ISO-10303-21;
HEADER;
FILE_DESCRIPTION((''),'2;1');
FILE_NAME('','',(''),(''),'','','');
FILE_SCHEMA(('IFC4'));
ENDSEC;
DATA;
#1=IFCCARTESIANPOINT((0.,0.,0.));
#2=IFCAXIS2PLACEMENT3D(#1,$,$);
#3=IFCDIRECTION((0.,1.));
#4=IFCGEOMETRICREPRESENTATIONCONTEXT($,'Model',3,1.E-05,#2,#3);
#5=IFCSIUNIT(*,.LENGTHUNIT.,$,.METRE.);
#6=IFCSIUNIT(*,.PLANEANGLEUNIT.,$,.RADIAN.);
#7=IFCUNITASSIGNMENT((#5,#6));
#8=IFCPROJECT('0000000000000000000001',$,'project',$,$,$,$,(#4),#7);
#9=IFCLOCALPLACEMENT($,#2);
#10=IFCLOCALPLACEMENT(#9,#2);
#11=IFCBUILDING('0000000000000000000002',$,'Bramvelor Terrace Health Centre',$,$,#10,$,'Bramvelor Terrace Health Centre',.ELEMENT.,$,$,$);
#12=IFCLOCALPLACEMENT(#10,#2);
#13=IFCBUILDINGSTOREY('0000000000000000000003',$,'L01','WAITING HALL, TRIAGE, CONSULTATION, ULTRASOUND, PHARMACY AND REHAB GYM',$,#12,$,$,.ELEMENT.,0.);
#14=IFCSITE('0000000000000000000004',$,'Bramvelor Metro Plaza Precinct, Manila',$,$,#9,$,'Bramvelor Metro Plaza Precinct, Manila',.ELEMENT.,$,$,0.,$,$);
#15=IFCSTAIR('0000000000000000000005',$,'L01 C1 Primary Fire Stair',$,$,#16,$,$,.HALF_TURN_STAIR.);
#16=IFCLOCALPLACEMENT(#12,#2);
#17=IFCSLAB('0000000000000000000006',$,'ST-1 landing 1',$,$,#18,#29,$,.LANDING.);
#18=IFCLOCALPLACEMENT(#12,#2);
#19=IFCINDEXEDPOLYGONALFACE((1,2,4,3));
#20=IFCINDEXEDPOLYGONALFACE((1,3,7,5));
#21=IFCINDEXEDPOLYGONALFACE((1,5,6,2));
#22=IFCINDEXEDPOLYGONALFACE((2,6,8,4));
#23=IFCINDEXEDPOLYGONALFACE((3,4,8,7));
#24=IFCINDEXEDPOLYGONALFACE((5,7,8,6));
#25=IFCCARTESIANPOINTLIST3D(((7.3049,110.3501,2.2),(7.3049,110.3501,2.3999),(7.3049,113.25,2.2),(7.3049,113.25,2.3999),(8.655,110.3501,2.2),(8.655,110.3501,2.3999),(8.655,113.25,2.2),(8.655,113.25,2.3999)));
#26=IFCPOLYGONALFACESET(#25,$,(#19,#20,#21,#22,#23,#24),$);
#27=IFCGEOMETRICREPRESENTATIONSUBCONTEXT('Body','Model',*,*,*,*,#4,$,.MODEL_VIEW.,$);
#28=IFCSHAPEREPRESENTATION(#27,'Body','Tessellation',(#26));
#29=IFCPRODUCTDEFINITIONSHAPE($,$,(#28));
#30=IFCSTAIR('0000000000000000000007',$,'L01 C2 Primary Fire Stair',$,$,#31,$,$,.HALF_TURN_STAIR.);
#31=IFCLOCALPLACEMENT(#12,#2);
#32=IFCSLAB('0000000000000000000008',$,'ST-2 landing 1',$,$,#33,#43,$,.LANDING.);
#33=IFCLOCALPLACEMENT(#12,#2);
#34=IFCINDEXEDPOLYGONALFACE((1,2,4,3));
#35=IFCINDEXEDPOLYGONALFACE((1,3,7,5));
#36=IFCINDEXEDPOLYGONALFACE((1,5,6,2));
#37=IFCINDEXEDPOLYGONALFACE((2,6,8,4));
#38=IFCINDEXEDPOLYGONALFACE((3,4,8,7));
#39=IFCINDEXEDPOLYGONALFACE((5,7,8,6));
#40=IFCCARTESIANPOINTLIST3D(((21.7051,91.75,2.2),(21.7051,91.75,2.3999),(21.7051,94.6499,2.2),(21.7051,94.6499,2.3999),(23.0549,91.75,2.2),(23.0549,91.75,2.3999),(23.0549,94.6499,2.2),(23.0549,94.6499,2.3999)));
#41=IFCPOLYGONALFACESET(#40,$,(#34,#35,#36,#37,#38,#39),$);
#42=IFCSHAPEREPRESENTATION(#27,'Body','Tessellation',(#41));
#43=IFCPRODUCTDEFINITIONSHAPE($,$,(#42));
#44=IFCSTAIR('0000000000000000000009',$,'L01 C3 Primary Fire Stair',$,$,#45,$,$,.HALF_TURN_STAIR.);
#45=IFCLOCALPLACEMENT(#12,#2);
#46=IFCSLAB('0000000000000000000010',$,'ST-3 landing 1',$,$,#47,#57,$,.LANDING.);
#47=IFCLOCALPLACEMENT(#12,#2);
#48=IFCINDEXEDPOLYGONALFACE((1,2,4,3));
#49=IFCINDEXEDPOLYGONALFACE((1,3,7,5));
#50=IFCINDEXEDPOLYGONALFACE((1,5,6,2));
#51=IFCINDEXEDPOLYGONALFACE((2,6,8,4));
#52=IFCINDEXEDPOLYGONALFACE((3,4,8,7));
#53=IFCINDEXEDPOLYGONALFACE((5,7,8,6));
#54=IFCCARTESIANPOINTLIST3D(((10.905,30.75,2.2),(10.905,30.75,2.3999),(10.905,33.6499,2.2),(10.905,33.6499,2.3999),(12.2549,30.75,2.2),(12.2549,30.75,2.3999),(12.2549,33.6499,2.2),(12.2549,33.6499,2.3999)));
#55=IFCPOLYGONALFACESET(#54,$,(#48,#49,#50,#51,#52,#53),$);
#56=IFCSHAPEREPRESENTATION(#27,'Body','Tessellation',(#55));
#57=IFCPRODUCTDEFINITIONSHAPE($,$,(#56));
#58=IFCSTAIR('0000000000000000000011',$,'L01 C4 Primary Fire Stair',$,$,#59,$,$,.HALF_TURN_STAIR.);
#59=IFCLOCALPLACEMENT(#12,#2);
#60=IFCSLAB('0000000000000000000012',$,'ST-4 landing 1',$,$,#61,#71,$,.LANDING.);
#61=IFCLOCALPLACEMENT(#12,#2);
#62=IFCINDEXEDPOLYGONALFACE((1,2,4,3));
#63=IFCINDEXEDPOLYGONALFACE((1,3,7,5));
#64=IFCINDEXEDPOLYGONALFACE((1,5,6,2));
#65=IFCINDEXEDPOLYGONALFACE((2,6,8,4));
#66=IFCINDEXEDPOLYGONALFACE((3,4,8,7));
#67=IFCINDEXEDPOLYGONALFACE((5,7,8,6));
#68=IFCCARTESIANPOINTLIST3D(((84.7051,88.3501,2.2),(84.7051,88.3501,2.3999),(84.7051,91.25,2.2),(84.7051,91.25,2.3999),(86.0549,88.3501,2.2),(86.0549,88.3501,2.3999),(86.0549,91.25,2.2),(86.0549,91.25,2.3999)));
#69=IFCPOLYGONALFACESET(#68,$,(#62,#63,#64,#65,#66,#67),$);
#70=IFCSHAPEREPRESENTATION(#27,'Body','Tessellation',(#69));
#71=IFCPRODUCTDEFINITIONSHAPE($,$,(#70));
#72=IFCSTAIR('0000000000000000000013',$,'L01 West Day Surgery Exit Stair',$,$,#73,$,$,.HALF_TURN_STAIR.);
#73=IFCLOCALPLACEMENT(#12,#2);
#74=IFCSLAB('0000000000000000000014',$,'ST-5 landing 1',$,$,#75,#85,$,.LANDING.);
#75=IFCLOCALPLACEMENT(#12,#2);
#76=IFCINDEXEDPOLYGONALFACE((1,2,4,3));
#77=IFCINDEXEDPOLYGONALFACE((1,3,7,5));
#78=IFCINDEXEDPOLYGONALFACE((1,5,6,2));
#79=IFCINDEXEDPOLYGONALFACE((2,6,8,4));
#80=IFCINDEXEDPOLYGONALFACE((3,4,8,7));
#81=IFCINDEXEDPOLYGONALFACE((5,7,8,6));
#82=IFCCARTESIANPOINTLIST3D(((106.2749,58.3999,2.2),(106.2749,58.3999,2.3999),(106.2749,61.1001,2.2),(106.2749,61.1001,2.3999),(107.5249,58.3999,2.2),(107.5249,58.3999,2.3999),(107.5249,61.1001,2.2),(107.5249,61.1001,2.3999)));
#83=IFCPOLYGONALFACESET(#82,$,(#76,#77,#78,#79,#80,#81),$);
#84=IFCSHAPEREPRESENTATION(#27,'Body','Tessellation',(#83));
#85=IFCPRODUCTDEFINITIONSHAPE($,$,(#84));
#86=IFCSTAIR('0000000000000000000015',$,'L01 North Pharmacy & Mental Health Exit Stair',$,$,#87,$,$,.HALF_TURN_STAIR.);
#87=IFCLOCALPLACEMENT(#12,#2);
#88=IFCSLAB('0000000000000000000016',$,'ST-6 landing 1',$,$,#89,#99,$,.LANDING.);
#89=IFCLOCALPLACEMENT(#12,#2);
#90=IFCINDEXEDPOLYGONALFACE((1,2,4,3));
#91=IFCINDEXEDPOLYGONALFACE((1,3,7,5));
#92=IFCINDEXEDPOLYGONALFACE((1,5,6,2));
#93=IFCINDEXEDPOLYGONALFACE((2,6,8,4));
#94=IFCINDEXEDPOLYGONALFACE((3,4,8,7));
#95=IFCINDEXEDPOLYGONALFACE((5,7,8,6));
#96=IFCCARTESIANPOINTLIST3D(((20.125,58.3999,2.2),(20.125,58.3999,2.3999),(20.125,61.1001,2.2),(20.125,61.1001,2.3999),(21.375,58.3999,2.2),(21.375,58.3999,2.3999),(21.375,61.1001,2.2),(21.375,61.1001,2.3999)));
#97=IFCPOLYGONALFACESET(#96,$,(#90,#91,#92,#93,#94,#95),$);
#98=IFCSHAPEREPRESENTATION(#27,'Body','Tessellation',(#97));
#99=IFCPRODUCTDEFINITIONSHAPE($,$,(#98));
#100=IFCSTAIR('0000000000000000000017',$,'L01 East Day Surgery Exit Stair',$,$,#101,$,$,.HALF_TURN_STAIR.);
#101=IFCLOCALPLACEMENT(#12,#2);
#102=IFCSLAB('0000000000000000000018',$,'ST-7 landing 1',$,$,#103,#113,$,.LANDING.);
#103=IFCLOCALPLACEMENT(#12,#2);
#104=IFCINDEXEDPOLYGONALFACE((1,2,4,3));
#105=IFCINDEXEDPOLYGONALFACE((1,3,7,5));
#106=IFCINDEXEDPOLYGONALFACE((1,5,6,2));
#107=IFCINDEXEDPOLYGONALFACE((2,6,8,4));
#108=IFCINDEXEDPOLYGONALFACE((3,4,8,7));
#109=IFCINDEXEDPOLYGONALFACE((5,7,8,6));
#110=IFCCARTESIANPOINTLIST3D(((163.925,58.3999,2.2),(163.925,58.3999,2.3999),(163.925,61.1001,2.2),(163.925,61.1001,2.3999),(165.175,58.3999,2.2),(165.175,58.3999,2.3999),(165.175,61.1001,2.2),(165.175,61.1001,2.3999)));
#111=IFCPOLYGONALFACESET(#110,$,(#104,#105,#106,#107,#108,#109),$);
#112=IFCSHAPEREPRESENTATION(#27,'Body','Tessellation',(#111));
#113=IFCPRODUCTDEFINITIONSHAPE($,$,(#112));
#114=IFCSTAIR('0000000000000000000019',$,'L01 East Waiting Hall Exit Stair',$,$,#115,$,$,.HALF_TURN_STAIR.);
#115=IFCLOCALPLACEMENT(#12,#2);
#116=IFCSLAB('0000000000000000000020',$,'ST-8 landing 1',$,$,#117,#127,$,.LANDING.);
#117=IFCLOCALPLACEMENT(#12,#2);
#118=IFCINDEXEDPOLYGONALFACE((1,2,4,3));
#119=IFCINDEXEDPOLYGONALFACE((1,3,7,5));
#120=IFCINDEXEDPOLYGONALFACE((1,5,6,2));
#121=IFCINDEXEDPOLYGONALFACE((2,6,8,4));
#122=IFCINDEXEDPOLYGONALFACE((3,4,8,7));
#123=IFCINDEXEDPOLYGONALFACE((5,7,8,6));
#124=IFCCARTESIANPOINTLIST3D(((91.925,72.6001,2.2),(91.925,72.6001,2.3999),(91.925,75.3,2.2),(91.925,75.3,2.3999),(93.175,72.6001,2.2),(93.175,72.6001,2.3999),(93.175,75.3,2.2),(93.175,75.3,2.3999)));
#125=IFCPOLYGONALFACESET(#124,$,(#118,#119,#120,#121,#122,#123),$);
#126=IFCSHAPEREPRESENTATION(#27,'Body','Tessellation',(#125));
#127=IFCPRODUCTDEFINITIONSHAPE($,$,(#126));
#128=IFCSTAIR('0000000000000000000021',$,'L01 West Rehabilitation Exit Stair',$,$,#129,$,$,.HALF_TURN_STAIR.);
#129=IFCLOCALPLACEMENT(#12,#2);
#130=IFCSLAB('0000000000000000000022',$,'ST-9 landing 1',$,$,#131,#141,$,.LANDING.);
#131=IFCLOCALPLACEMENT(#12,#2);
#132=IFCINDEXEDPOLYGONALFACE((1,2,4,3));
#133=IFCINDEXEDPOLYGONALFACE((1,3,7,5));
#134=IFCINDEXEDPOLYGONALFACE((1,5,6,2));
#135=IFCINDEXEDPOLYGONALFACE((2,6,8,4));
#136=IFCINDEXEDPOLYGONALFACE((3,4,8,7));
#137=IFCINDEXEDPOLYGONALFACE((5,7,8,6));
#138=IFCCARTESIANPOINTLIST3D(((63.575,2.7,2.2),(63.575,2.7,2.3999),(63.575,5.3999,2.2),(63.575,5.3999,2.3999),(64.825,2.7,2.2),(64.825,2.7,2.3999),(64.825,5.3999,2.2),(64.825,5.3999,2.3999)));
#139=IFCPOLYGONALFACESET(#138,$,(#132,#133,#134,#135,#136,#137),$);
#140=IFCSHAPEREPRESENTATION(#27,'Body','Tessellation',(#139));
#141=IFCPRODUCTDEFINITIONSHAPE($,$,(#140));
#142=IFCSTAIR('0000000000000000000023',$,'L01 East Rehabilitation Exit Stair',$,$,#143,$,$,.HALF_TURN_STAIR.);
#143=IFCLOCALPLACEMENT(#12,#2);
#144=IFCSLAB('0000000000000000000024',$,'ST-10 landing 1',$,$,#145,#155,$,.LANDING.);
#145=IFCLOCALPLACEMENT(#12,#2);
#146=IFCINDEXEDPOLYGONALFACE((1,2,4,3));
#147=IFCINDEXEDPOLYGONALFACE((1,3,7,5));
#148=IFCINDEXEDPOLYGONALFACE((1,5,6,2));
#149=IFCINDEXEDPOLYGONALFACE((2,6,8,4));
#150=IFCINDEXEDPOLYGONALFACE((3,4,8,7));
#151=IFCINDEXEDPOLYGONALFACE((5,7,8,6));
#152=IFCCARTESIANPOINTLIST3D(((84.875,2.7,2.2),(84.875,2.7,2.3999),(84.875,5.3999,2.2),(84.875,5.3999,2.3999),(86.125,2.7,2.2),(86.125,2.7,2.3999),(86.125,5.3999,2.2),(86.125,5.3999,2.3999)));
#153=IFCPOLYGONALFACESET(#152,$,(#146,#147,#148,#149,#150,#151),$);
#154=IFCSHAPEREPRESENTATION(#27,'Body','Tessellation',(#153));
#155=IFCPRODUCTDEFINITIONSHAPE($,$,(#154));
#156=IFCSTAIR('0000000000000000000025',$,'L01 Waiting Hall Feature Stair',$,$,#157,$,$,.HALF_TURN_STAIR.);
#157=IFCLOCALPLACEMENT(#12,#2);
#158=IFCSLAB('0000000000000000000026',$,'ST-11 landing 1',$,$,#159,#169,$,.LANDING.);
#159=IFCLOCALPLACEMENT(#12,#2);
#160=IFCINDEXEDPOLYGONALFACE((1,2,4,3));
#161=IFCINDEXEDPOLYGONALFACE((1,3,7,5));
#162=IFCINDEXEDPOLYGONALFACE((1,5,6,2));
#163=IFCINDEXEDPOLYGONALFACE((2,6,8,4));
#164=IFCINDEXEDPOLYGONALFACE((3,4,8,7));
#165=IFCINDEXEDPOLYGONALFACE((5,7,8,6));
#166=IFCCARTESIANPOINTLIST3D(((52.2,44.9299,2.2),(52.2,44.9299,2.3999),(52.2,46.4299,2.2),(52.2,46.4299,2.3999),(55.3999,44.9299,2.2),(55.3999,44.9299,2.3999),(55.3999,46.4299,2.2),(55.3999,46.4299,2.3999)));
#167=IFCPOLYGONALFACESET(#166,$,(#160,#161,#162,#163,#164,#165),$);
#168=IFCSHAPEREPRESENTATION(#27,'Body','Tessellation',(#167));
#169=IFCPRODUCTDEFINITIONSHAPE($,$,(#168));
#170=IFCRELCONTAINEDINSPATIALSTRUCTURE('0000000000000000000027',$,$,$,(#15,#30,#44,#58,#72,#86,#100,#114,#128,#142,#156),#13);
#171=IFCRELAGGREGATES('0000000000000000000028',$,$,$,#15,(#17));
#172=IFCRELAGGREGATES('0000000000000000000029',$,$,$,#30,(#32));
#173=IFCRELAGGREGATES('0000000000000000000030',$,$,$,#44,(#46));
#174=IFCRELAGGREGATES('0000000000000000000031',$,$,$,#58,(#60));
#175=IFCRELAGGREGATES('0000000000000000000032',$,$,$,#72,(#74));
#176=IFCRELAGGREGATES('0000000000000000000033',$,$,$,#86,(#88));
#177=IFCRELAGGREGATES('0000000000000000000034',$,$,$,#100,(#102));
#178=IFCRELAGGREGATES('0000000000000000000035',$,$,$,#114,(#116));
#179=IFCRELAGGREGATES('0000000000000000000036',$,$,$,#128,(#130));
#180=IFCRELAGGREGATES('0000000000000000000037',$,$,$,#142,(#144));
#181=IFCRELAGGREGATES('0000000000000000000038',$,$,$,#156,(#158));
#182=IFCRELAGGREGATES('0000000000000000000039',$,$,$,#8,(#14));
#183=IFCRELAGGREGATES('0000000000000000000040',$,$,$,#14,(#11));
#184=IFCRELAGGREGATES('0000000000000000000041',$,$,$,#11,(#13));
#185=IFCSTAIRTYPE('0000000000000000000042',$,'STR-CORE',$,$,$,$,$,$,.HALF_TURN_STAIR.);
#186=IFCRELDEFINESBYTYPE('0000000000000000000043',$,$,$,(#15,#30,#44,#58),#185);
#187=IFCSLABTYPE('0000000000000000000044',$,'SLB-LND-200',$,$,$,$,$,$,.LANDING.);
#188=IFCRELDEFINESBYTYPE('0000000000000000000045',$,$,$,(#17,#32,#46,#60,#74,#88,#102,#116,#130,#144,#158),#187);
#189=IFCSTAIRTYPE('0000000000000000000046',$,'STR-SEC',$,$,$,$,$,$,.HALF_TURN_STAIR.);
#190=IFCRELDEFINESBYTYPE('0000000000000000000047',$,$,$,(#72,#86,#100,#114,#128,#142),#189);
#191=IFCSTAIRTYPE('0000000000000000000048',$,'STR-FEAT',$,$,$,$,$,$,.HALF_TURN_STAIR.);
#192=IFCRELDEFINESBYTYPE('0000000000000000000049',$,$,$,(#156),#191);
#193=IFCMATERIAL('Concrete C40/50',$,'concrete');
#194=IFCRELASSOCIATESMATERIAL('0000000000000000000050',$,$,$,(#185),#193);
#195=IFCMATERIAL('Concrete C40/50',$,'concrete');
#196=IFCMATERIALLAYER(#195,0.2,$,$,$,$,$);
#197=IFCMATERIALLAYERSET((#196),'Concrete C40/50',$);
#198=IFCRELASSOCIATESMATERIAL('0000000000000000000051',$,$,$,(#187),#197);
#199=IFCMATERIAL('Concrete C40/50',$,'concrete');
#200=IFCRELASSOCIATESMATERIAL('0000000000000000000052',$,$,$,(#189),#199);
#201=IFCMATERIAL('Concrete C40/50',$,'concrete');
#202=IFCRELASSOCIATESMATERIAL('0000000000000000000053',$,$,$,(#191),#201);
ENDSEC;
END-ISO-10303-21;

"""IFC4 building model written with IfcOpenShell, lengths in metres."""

from ifc_helpers import new_model, si_unit, direction, frame, origin, place, context, subcontext, project, spatial, polyline, outline, extrude, material, layer, layer_set, type_object, element, aggregate, save


model = new_model("IFC4")

# Units and contexts
model_context = context("Model", 3, precision=1e-05, world=origin(), true_north=direction((0.0, 1.0)))
body_context = subcontext(model_context, "Body", "Model", "MODEL_VIEW")
ifc_project = project(units=[si_unit("LENGTHUNIT", "METRE"), si_unit("PLANEANGLEUNIT", "RADIAN")], contexts=[model_context])

# Site, building, storey
site_placement = place(None, origin())
site = spatial("IfcSite", under=ifc_project, at=site_placement, Name="Bramvelor Metro Plaza Precinct, Manila", LongName="Bramvelor Metro Plaza Precinct, Manila", CompositionType="ELEMENT", RefElevation=0.0)
building_placement = place(site_placement, origin())
building = spatial("IfcBuilding", under=site, at=building_placement, Name="Bramvelor Terrace Health Centre", LongName="Bramvelor Terrace Health Centre", CompositionType="ELEMENT")
storey_placement = place(building_placement, origin())
storey = spatial("IfcBuildingStorey", under=building, at=storey_placement, Name="L01", Description="WAITING HALL, TRIAGE, CONSULTATION, ULTRASOUND, PHARMACY AND REHAB GYM", CompositionType="ELEMENT", Elevation=0.0)

# Stairs, slabs
ifc_material_1 = material(Name="Concrete C40/50", Category="concrete")
stair_type_1 = type_object("IfcStairType", Name="STR-CORE", PredefinedType="HALF_TURN_STAIR", material=ifc_material_1)
stair_1_placement = place(storey_placement, origin())
stair_1 = element("IfcStair", 1, at=stair_1_placement, inside=storey, type_object=stair_type_1, Name="L01 C1 Primary Fire Stair", PredefinedType="HALF_TURN_STAIR")
ifc_material_2 = material(Name="Concrete C40/50", Category="concrete")
ifc_layer_1 = layer(ifc_material_2, 0.2)
ifc_layer_set_1 = layer_set([ifc_layer_1], Name="Concrete C40/50")
slab_type = type_object("IfcSlabType", Name="SLB-LND-200", PredefinedType="LANDING", material=ifc_layer_set_1)
slab_1_placement = place(storey_placement, frame((0.0, 0.0, 2.2)))
slab_1 = element("IfcSlab", 2, at=slab_1_placement, type_object=slab_type, Name="ST-1 landing 1", PredefinedType="LANDING", context=body_context, shape_type="SweptSolid", body=[
    extrude(outline(polyline([(7.3049, 110.3501), (8.655, 110.3501), (8.655, 113.25), (7.3049, 113.25), (7.3049, 110.3501)])), origin(), (0.0, 0.0, 1.0), 0.2),
])
aggregate(stair_1, [slab_1])
stair_2_placement = place(storey_placement, origin())
stair_2 = element("IfcStair", 3, at=stair_2_placement, inside=storey, type_object=stair_type_1, Name="L01 C2 Primary Fire Stair", PredefinedType="HALF_TURN_STAIR")
slab_2_placement = place(storey_placement, frame((0.0, 0.0, 2.2)))
slab_2 = element("IfcSlab", 4, at=slab_2_placement, type_object=slab_type, Name="ST-2 landing 1", PredefinedType="LANDING", context=body_context, shape_type="SweptSolid", body=[
    extrude(outline(polyline([(21.7051, 91.75), (23.0549, 91.75), (23.0549, 94.6499), (21.7051, 94.6499), (21.7051, 91.75)])), origin(), (0.0, 0.0, 1.0), 0.2),
])
aggregate(stair_2, [slab_2])
stair_3_placement = place(storey_placement, origin())
stair_3 = element("IfcStair", 5, at=stair_3_placement, inside=storey, type_object=stair_type_1, Name="L01 C3 Primary Fire Stair", PredefinedType="HALF_TURN_STAIR")
slab_3_placement = place(storey_placement, frame((0.0, 0.0, 2.2)))
slab_3 = element("IfcSlab", 6, at=slab_3_placement, type_object=slab_type, Name="ST-3 landing 1", PredefinedType="LANDING", context=body_context, shape_type="SweptSolid", body=[
    extrude(outline(polyline([(10.905, 30.75), (12.2549, 30.75), (12.2549, 33.6499), (10.905, 33.6499), (10.905, 30.75)])), origin(), (0.0, 0.0, 1.0), 0.2),
])
aggregate(stair_3, [slab_3])
stair_4_placement = place(storey_placement, origin())
stair_4 = element("IfcStair", 7, at=stair_4_placement, inside=storey, type_object=stair_type_1, Name="L01 C4 Primary Fire Stair", PredefinedType="HALF_TURN_STAIR")
slab_4_placement = place(storey_placement, frame((0.0, 0.0, 2.2)))
slab_4 = element("IfcSlab", 8, at=slab_4_placement, type_object=slab_type, Name="ST-4 landing 1", PredefinedType="LANDING", context=body_context, shape_type="SweptSolid", body=[
    extrude(outline(polyline([(84.7051, 88.3501), (86.0549, 88.3501), (86.0549, 91.25), (84.7051, 91.25), (84.7051, 88.3501)])), origin(), (0.0, 0.0, 1.0), 0.2),
])
aggregate(stair_4, [slab_4])
ifc_material_3 = material(Name="Concrete C40/50", Category="concrete")
stair_type_2 = type_object("IfcStairType", Name="STR-SEC", PredefinedType="HALF_TURN_STAIR", material=ifc_material_3)
stair_5_placement = place(storey_placement, origin())
stair_5 = element("IfcStair", 9, at=stair_5_placement, inside=storey, type_object=stair_type_2, Name="L01 West Day Surgery Exit Stair", PredefinedType="HALF_TURN_STAIR")
slab_5_placement = place(storey_placement, frame((0.0, 0.0, 2.2)))
slab_5 = element("IfcSlab", 10, at=slab_5_placement, type_object=slab_type, Name="ST-5 landing 1", PredefinedType="LANDING", context=body_context, shape_type="SweptSolid", body=[
    extrude(outline(polyline([(106.2749, 58.3999), (107.5249, 58.3999), (107.5249, 61.1001), (106.2749, 61.1001), (106.2749, 58.3999)])), origin(), (0.0, 0.0, 1.0), 0.2),
])
aggregate(stair_5, [slab_5])
stair_6_placement = place(storey_placement, origin())
stair_6 = element("IfcStair", 11, at=stair_6_placement, inside=storey, type_object=stair_type_2, Name="L01 North Pharmacy & Mental Health Exit Stair", PredefinedType="HALF_TURN_STAIR")
slab_6_placement = place(storey_placement, frame((0.0, 0.0, 2.2)))
slab_6 = element("IfcSlab", 12, at=slab_6_placement, type_object=slab_type, Name="ST-6 landing 1", PredefinedType="LANDING", context=body_context, shape_type="SweptSolid", body=[
    extrude(outline(polyline([(20.125, 58.3999), (21.375, 58.3999), (21.375, 61.1001), (20.125, 61.1001), (20.125, 58.3999)])), origin(), (0.0, 0.0, 1.0), 0.2),
])
aggregate(stair_6, [slab_6])
stair_7_placement = place(storey_placement, origin())
stair_7 = element("IfcStair", 13, at=stair_7_placement, inside=storey, type_object=stair_type_2, Name="L01 East Day Surgery Exit Stair", PredefinedType="HALF_TURN_STAIR")
slab_7_placement = place(storey_placement, frame((0.0, 0.0, 2.2)))
slab_7 = element("IfcSlab", 14, at=slab_7_placement, type_object=slab_type, Name="ST-7 landing 1", PredefinedType="LANDING", context=body_context, shape_type="SweptSolid", body=[
    extrude(outline(polyline([(163.925, 58.3999), (165.175, 58.3999), (165.175, 61.1001), (163.925, 61.1001), (163.925, 58.3999)])), origin(), (0.0, 0.0, 1.0), 0.2),
])
aggregate(stair_7, [slab_7])
stair_8_placement = place(storey_placement, origin())
stair_8 = element("IfcStair", 15, at=stair_8_placement, inside=storey, type_object=stair_type_2, Name="L01 East Waiting Hall Exit Stair", PredefinedType="HALF_TURN_STAIR")
slab_8_placement = place(storey_placement, frame((0.0, 0.0, 2.2)))
slab_8 = element("IfcSlab", 16, at=slab_8_placement, type_object=slab_type, Name="ST-8 landing 1", PredefinedType="LANDING", context=body_context, shape_type="SweptSolid", body=[
    extrude(outline(polyline([(91.925, 72.6001), (93.175, 72.6001), (93.175, 75.3), (91.925, 75.3), (91.925, 72.6001)])), origin(), (0.0, 0.0, 1.0), 0.2),
])
aggregate(stair_8, [slab_8])
stair_9_placement = place(storey_placement, origin())
stair_9 = element("IfcStair", 17, at=stair_9_placement, inside=storey, type_object=stair_type_2, Name="L01 West Rehabilitation Exit Stair", PredefinedType="HALF_TURN_STAIR")
slab_9_placement = place(storey_placement, frame((0.0, 0.0, 2.2)))
slab_9 = element("IfcSlab", 18, at=slab_9_placement, type_object=slab_type, Name="ST-9 landing 1", PredefinedType="LANDING", context=body_context, shape_type="SweptSolid", body=[
    extrude(outline(polyline([(63.575, 2.7), (64.825, 2.7), (64.825, 5.3999), (63.575, 5.3999), (63.575, 2.7)])), origin(), (0.0, 0.0, 1.0), 0.2),
])
aggregate(stair_9, [slab_9])
stair_10_placement = place(storey_placement, origin())
stair_10 = element("IfcStair", 19, at=stair_10_placement, inside=storey, type_object=stair_type_2, Name="L01 East Rehabilitation Exit Stair", PredefinedType="HALF_TURN_STAIR")
slab_10_placement = place(storey_placement, frame((0.0, 0.0, 2.2)))
slab_10 = element("IfcSlab", 20, at=slab_10_placement, type_object=slab_type, Name="ST-10 landing 1", PredefinedType="LANDING", context=body_context, shape_type="SweptSolid", body=[
    extrude(outline(polyline([(84.875, 2.7), (86.125, 2.7), (86.125, 5.3999), (84.875, 5.3999), (84.875, 2.7)])), origin(), (0.0, 0.0, 1.0), 0.2),
])
aggregate(stair_10, [slab_10])
ifc_material_4 = material(Name="Concrete C40/50", Category="concrete")
stair_type_3 = type_object("IfcStairType", Name="STR-FEAT", PredefinedType="HALF_TURN_STAIR", material=ifc_material_4)
stair_11_placement = place(storey_placement, origin())
stair_11 = element("IfcStair", 21, at=stair_11_placement, inside=storey, type_object=stair_type_3, Name="L01 Waiting Hall Feature Stair", PredefinedType="HALF_TURN_STAIR")
slab_11_placement = place(storey_placement, frame((0.0, 0.0, 2.2)))
slab_11 = element("IfcSlab", 22, at=slab_11_placement, type_object=slab_type, Name="ST-11 landing 1", PredefinedType="LANDING", context=body_context, shape_type="SweptSolid", body=[
    extrude(outline(polyline([(52.2, 46.4299), (52.2, 44.9299), (55.3999, 44.9299), (55.3999, 46.4299), (52.2, 46.4299)])), origin(), (0.0, 0.0, 1.0), 0.2),
])
aggregate(stair_11, [slab_11])

save(model, "model.ifc")
